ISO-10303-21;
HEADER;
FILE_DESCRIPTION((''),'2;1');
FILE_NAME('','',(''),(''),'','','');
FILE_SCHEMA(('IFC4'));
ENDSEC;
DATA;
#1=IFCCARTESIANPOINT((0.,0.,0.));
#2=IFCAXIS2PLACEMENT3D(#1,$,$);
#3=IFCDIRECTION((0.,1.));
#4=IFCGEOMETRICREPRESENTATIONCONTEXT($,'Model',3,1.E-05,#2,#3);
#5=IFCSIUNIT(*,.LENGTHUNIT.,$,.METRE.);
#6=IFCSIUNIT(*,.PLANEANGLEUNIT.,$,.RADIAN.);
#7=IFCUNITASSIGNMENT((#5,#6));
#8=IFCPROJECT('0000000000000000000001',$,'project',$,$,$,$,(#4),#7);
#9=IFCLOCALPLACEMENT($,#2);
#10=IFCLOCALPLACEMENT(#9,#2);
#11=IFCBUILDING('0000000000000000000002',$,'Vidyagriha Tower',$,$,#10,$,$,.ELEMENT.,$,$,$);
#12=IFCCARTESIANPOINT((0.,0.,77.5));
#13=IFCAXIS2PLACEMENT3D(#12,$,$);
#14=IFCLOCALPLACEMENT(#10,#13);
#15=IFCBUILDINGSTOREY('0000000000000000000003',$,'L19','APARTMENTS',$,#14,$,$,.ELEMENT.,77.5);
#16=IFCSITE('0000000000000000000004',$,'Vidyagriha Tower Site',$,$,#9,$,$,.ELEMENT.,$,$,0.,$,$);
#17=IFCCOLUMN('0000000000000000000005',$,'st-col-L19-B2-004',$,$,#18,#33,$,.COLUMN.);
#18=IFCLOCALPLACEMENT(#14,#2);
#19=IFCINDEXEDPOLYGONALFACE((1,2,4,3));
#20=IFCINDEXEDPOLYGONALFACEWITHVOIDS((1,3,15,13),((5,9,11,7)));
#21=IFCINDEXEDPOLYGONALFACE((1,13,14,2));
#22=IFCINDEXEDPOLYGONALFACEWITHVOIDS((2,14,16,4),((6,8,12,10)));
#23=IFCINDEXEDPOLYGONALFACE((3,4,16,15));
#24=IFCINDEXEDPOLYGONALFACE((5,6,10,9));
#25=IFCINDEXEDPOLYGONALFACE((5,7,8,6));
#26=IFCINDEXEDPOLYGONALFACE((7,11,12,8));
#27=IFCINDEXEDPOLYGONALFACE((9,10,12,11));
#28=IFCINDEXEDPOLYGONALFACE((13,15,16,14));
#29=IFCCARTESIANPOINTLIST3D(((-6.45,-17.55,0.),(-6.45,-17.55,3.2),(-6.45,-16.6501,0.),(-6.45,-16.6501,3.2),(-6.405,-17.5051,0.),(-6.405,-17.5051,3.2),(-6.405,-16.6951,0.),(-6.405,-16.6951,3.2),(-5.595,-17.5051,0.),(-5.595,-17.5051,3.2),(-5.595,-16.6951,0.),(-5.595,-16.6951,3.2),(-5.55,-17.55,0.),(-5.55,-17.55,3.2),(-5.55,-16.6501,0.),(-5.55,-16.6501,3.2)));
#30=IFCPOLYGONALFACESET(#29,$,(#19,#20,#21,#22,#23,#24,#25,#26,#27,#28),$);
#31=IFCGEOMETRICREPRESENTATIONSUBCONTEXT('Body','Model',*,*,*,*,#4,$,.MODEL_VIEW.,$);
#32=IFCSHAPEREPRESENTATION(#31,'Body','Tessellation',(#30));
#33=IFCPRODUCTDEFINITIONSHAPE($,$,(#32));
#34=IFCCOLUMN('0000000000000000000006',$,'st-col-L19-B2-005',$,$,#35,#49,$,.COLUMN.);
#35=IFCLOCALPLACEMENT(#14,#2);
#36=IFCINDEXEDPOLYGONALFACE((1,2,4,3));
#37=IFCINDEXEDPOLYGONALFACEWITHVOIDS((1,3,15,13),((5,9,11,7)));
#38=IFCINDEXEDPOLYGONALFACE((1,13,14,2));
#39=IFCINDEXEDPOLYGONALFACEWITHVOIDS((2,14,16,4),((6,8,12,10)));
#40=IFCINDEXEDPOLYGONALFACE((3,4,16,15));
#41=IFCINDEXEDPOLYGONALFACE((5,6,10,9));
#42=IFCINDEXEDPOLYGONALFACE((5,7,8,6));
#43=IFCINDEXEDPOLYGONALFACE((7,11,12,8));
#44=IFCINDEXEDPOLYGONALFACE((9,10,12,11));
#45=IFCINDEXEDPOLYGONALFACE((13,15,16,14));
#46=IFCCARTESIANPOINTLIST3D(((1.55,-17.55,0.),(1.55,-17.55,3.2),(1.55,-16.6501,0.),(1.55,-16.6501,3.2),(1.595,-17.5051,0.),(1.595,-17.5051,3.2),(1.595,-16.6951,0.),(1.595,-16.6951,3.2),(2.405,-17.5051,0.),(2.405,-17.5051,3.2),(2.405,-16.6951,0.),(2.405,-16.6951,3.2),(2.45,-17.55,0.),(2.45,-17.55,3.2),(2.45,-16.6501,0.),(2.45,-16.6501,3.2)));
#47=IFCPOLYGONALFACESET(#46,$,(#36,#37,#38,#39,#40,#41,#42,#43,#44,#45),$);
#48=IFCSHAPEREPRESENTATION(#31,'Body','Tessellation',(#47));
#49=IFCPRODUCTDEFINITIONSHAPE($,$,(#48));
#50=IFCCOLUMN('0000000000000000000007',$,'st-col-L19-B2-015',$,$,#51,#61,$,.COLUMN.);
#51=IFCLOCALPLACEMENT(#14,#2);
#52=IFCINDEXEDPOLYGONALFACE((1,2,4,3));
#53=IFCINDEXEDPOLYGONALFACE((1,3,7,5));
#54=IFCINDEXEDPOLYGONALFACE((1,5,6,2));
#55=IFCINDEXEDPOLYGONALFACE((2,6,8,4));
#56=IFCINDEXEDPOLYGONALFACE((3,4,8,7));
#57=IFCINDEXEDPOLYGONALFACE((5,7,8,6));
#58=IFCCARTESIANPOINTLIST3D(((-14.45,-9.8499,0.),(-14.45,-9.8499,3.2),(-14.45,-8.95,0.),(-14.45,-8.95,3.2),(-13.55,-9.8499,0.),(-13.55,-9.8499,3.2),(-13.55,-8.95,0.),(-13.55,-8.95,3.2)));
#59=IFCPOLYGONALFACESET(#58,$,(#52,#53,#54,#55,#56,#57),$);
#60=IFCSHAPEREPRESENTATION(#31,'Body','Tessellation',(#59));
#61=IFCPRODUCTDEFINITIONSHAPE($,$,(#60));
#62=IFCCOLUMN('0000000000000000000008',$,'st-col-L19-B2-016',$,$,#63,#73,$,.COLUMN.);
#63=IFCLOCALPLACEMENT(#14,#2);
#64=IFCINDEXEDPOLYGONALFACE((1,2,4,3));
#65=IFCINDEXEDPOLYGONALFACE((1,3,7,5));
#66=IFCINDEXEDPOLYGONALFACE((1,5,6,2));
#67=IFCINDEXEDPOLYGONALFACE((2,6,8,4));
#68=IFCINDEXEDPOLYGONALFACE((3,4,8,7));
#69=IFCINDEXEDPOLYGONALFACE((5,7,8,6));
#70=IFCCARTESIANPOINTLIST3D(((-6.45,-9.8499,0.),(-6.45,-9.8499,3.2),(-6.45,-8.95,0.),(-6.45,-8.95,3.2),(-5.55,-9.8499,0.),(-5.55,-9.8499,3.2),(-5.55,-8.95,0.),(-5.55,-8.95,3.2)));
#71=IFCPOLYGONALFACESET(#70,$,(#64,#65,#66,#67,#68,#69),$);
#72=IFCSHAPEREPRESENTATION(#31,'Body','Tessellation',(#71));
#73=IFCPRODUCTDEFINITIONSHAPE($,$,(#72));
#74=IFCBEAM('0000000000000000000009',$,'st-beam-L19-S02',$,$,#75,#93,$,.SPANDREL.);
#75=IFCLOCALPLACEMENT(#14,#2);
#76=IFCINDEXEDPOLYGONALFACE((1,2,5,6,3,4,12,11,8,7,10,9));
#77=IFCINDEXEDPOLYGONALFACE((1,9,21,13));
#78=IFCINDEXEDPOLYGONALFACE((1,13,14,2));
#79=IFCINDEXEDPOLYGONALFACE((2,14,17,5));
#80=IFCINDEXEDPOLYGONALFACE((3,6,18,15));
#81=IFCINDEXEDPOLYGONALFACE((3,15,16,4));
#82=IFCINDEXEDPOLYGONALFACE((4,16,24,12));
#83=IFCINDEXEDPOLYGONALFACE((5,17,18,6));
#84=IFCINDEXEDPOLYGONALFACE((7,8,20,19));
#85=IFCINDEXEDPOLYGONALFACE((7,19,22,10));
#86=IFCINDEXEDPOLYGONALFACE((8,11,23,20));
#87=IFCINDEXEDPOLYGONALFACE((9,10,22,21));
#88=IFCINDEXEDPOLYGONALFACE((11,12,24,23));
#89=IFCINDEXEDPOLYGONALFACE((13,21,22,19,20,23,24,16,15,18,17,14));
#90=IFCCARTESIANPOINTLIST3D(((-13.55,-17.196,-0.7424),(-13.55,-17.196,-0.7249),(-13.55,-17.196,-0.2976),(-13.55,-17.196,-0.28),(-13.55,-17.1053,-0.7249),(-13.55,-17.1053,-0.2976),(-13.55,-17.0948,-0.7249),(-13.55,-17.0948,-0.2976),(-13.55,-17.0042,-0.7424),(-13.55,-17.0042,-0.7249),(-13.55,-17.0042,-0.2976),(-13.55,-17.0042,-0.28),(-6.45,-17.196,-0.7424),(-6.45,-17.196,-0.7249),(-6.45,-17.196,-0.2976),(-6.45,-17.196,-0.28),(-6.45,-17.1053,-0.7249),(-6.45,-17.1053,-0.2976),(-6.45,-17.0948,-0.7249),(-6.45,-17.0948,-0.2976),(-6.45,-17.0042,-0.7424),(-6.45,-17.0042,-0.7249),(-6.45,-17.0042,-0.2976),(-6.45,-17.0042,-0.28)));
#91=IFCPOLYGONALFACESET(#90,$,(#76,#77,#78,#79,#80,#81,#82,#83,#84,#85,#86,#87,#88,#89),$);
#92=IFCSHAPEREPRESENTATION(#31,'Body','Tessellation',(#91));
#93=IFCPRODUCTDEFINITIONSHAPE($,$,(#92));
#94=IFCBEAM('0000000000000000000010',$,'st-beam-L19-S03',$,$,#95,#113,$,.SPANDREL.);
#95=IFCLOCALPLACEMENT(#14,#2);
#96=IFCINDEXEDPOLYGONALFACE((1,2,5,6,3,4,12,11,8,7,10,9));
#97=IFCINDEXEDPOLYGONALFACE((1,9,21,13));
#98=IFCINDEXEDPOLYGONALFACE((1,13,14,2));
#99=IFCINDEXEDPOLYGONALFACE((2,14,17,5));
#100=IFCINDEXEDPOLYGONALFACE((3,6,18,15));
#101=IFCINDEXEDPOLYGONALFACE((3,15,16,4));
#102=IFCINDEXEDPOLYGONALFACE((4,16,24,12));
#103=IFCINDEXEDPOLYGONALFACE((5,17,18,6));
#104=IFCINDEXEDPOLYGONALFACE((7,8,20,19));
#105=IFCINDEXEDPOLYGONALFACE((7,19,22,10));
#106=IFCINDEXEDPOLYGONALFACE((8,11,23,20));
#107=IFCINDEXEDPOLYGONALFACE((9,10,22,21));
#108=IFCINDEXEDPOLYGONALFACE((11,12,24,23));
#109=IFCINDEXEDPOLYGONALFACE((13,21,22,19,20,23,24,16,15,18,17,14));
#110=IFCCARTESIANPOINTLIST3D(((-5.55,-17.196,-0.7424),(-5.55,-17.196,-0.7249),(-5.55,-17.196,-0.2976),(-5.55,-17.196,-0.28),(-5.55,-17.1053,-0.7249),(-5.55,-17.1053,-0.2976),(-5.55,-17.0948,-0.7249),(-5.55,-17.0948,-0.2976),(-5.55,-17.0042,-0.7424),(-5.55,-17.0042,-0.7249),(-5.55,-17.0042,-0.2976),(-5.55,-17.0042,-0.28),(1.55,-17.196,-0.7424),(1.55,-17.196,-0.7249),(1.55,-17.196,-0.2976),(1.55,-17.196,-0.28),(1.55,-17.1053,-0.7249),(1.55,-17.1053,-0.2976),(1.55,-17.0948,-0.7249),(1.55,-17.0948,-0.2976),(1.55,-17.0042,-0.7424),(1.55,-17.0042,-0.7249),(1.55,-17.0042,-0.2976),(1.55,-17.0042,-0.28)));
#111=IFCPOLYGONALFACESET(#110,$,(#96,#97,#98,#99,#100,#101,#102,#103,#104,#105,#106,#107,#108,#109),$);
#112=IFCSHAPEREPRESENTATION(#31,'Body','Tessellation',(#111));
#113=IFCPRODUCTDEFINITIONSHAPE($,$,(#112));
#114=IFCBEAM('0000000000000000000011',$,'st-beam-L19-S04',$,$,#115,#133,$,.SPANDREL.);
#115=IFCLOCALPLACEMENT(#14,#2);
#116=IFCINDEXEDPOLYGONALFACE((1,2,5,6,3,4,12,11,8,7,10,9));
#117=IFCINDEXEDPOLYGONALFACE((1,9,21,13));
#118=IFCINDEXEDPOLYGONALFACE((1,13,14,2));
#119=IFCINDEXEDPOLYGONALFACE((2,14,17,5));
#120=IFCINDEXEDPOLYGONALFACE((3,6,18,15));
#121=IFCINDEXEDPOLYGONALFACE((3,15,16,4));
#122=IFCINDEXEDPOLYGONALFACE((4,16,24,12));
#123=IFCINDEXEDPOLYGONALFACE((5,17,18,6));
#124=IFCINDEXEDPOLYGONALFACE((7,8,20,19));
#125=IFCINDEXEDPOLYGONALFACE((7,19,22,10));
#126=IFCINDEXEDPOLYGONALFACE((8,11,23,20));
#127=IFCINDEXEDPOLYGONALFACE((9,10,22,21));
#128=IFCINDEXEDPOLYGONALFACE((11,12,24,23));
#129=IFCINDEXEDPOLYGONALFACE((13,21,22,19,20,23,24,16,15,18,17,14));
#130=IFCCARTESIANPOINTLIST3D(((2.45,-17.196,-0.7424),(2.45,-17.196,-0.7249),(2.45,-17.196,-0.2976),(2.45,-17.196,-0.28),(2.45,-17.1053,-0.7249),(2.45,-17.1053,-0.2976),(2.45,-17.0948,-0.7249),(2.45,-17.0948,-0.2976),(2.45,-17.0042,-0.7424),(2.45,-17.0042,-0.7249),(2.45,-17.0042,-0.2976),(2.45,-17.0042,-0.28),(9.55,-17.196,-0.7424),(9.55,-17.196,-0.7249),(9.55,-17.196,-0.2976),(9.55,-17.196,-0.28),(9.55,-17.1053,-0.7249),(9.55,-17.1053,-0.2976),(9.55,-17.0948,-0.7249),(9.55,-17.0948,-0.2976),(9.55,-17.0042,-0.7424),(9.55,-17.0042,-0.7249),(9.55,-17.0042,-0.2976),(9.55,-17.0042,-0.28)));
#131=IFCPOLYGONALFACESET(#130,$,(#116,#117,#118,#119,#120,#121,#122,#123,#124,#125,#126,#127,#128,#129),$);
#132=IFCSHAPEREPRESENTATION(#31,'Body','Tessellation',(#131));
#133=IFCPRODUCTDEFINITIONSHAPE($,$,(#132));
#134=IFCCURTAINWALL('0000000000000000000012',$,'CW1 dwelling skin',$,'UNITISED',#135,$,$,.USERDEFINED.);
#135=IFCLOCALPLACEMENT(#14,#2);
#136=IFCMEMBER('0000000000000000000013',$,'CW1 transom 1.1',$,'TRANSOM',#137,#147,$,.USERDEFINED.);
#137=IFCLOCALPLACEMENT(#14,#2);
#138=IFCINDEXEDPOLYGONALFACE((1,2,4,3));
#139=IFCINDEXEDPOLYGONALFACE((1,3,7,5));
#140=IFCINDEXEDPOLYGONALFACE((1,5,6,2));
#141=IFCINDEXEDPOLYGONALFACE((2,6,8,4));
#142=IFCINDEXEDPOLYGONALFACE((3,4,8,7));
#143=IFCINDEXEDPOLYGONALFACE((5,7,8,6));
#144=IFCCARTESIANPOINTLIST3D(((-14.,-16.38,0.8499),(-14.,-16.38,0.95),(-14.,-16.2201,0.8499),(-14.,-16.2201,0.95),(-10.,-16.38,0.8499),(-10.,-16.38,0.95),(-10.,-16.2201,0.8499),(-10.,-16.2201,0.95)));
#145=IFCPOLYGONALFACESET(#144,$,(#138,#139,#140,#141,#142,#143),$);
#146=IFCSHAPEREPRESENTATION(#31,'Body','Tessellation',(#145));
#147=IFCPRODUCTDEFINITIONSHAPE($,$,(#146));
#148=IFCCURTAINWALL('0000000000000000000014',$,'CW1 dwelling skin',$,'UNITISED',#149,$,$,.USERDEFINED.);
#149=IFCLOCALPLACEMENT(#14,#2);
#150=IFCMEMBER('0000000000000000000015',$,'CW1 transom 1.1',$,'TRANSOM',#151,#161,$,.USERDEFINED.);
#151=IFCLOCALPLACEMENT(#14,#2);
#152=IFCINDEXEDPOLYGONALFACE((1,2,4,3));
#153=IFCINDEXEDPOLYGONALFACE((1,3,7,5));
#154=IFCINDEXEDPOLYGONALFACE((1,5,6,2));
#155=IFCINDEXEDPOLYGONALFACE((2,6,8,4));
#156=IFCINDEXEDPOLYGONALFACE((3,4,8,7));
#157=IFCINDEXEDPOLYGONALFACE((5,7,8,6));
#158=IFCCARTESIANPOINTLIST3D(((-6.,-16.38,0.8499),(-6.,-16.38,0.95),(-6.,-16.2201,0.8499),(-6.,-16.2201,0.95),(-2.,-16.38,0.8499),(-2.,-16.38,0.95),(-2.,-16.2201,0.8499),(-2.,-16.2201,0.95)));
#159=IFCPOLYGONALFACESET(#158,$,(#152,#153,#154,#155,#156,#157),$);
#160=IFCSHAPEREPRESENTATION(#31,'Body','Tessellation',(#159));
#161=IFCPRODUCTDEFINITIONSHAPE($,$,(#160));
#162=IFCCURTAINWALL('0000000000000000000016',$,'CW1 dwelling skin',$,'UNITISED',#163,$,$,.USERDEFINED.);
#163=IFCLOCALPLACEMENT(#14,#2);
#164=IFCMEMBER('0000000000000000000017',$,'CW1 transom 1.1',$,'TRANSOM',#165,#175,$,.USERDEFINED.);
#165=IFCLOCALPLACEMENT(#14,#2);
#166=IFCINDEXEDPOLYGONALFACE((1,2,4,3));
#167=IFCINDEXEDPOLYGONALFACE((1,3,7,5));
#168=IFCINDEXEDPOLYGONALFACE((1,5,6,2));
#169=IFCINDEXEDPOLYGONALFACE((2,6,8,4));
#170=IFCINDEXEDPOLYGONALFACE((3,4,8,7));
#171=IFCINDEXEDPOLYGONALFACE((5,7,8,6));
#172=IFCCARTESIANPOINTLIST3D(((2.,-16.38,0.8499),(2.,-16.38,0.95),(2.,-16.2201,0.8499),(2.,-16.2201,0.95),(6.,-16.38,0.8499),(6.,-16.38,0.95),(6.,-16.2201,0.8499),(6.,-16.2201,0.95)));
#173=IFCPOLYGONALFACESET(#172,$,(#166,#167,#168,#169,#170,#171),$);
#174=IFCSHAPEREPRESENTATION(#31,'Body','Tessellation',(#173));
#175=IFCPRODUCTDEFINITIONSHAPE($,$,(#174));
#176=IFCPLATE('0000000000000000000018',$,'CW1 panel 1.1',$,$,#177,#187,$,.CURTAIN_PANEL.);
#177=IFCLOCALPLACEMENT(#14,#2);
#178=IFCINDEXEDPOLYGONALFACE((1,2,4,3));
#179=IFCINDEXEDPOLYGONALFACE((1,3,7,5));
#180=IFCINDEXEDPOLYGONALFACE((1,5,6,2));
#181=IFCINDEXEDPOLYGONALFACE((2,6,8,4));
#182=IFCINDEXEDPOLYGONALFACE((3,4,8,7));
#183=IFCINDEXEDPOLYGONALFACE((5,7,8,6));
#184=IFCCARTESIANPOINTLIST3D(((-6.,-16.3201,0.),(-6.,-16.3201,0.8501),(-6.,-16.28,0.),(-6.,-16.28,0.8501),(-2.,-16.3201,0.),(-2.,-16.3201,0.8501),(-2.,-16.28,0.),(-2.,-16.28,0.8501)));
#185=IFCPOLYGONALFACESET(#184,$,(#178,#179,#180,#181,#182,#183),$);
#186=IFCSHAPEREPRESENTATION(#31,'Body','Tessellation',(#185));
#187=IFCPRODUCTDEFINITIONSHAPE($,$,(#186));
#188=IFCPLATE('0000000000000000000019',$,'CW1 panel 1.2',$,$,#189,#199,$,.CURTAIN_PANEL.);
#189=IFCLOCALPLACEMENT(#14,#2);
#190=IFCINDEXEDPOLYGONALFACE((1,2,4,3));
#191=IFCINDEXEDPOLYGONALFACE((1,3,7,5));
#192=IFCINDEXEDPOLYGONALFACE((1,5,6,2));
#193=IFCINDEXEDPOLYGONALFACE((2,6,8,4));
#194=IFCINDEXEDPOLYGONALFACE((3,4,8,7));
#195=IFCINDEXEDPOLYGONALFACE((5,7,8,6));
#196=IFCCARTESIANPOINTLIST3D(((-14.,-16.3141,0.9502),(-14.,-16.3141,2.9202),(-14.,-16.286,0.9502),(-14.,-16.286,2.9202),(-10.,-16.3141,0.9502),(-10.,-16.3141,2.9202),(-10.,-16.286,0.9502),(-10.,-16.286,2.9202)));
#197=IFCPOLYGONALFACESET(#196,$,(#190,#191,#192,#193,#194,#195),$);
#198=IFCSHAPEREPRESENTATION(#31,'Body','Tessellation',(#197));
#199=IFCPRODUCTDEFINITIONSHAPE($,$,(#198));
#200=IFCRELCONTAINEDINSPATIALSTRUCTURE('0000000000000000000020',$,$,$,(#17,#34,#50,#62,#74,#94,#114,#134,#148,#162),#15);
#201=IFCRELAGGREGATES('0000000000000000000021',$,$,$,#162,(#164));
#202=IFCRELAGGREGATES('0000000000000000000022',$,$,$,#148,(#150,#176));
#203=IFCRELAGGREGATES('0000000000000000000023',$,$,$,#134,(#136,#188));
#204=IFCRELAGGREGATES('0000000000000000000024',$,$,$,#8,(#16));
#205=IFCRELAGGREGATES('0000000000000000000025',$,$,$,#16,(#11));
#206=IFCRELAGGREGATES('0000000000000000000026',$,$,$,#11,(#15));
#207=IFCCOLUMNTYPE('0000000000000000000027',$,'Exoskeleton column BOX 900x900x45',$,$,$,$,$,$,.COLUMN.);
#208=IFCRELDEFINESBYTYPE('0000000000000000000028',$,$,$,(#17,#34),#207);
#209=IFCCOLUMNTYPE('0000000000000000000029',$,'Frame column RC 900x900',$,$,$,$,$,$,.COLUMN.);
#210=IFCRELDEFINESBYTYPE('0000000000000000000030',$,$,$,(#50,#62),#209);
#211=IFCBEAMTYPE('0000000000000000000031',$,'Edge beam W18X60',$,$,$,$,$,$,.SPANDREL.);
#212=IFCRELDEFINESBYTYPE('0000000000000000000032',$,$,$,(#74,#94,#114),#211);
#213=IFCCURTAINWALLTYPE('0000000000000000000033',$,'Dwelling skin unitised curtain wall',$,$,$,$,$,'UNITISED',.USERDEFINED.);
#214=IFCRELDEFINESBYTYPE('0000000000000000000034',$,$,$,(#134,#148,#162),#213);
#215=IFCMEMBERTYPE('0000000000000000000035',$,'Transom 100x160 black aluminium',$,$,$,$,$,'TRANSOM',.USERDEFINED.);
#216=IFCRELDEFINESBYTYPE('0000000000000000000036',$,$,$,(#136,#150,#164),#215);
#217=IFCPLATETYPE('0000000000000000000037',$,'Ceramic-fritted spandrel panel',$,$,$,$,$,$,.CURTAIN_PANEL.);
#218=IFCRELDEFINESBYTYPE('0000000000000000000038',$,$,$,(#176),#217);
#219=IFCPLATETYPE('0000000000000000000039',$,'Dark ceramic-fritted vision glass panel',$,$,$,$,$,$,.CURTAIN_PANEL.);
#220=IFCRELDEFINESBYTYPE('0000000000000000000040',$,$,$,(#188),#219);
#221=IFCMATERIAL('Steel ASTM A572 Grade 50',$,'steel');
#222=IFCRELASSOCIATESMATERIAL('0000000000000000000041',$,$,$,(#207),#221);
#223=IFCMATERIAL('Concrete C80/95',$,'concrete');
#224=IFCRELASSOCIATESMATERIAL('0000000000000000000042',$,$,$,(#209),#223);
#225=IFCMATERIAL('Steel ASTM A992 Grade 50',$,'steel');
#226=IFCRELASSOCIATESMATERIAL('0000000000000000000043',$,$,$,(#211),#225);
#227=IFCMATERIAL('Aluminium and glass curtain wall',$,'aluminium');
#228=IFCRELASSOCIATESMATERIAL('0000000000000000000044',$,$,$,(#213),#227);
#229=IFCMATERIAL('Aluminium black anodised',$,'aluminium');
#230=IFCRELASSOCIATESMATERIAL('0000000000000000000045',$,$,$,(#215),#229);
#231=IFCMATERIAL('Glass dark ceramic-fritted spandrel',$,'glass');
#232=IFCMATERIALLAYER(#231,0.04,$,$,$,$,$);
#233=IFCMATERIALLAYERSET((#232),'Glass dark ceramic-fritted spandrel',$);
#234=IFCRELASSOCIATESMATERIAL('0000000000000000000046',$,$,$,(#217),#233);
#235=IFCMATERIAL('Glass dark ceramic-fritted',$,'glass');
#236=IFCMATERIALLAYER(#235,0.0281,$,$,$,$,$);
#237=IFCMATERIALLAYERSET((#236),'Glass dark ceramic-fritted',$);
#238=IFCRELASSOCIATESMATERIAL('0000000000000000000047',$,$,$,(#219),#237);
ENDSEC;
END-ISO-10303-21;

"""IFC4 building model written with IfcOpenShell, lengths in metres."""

from ifc_helpers import new_model, si_unit, direction, frame, origin, origin_2d, place, context, subcontext, project, spatial, rectangle, hollow_rectangle, i_section, extrude, material, layer, layer_set, material_profile, profile_set, type_object, element, aggregate, save


model = new_model("IFC4")

# Units and contexts
model_context = context("Model", 3, precision=1e-05, world=origin(), true_north=direction((0.0, 1.0)))
body_context = subcontext(model_context, "Body", "Model", "MODEL_VIEW")
ifc_project = project(units=[si_unit("LENGTHUNIT", "METRE"), si_unit("PLANEANGLEUNIT", "RADIAN")], contexts=[model_context])

# Site, building, storey
site_placement = place(None, origin())
site = spatial("IfcSite", under=ifc_project, at=site_placement, Name="Vidyagriha Tower Site", CompositionType="ELEMENT", RefElevation=0.0)
building_placement = place(site_placement, origin())
building = spatial("IfcBuilding", under=site, at=building_placement, Name="Vidyagriha Tower", CompositionType="ELEMENT")
storey_placement = place(building_placement, frame((0.0, 0.0, 77.5)))
storey = spatial("IfcBuildingStorey", under=building, at=storey_placement, Name="L19", Description="APARTMENTS", CompositionType="ELEMENT", Elevation=77.5)

# Columns
ifc_material_1 = material(Name="Steel ASTM A572 Grade 50", Category="steel")
ifc_material_profile_1 = material_profile(ifc_material_1, hollow_rectangle(XDim=0.8999, YDim=0.8999, WallThickness=0.0449, at=origin_2d()), Name="BOX 900x900x45")
ifc_profile_set_1 = profile_set([ifc_material_profile_1], Name="Steel ASTM A572 Grade 50")
column_type_1 = type_object("IfcColumnType", Name="Exoskeleton column BOX 900x900x45", PredefinedType="COLUMN", material=ifc_profile_set_1)
for number, where, name in (
    (1, (-6.0, -17.1001, 0.0), "st-col-L19-B2-004"),
    (2, (2.0, -17.1001, 0.0), "st-col-L19-B2-005"),
):
    element("IfcColumn", number, at=place(storey_placement, frame(where)), inside=storey, type_object=column_type_1, Name=name, PredefinedType="COLUMN", context=body_context, shape_type="SweptSolid", body=[
        extrude(hollow_rectangle(XDim=0.8999, YDim=0.8999, WallThickness=0.0449, at=origin_2d()), origin(), (0.0, 0.0, 1.0), 3.2),
    ])
ifc_material_2 = material(Name="Concrete C80/95", Category="concrete")
ifc_material_profile_2 = material_profile(ifc_material_2, rectangle(XDim=0.8999, YDim=0.8999, at=origin_2d()), Name="RC 900x900")
ifc_profile_set_2 = profile_set([ifc_material_profile_2], Name="Concrete C80/95")
column_type_2 = type_object("IfcColumnType", Name="Frame column RC 900x900", PredefinedType="COLUMN", material=ifc_profile_set_2)
for number, where, name in (
    (3, (-14.0, -9.3999, 0.0), "st-col-L19-B2-015"),
    (4, (-6.0, -9.3999, 0.0), "st-col-L19-B2-016"),
):
    element("IfcColumn", number, at=place(storey_placement, frame(where)), inside=storey, type_object=column_type_2, Name=name, PredefinedType="COLUMN", context=body_context, shape_type="SweptSolid", body=[
        extrude(rectangle(XDim=0.8999, YDim=0.8999, at=origin_2d()), origin(), (0.0, 0.0, 1.0), 3.2),
    ])

# Beams
ifc_material_3 = material(Name="Steel ASTM A992 Grade 50", Category="steel")
ifc_material_profile_3 = material_profile(ifc_material_3, i_section(OverallWidth=0.1919, OverallDepth=0.4624, WebThickness=0.0105, FlangeThickness=0.0176, at=origin_2d()), Name="W18X60")
ifc_profile_set_3 = profile_set([ifc_material_profile_3], Name="Steel ASTM A992 Grade 50")
beam_type = type_object("IfcBeamType", Name="Edge beam W18X60", PredefinedType="SPANDREL", material=ifc_profile_set_3)
for number, where, z_axis, x_axis, name in (
    (5, (-13.55, -17.1001, -0.5112), (1.0, 0.0, 0.0), (0.0, 1.0, 0.0), "st-beam-L19-S02"),
    (6, (-5.55, -17.1001, -0.5112), (1.0, 0.0, 0.0), (0.0, 1.0, 0.0), "st-beam-L19-S03"),
    (7, (2.45, -17.1001, -0.5112), (1.0, 0.0, 0.0), (0.0, 1.0, 0.0), "st-beam-L19-S04"),
):
    element("IfcBeam", number, at=place(storey_placement, frame(where, z_axis=z_axis, x_axis=x_axis)), inside=storey, type_object=beam_type, Name=name, PredefinedType="SPANDREL", context=body_context, shape_type="SweptSolid", body=[
        extrude(i_section(OverallWidth=0.1919, OverallDepth=0.4624, WebThickness=0.0105, FlangeThickness=0.0176, at=origin_2d()), origin(), (0.0, 0.0, 1.0), 7.1001),
    ])

# Curtain walls, members
ifc_material_4 = material(Name="Aluminium and glass curtain wall", Category="aluminium")
curtain_wall_type = type_object("IfcCurtainWallType", Name="Dwelling skin unitised curtain wall", ElementType="UNITISED", PredefinedType="USERDEFINED", material=ifc_material_4)
curtain_wall_1_placement = place(storey_placement, origin())
curtain_wall_1 = element("IfcCurtainWall", 8, at=curtain_wall_1_placement, inside=storey, type_object=curtain_wall_type, Name="CW1 dwelling skin", ObjectType="UNITISED", PredefinedType="USERDEFINED")
ifc_material_5 = material(Name="Aluminium black anodised", Category="aluminium")
ifc_material_profile_4 = material_profile(ifc_material_5, rectangle(XDim=0.1599, YDim=0.1001, at=origin_2d()), Name="Transom 100x160 black aluminium")
ifc_profile_set_4 = profile_set([ifc_material_profile_4], Name="Aluminium black anodised")
member_type = type_object("IfcMemberType", Name="Transom 100x160 black aluminium", ElementType="TRANSOM", PredefinedType="USERDEFINED", material=ifc_profile_set_4)
member_1_placement = place(storey_placement, frame((-14.0, -16.3, 0.8999), z_axis=(1.0, 0.0, 0.0), x_axis=(0.0, 1.0, 0.0)))
member_1 = element("IfcMember", 9, at=member_1_placement, type_object=member_type, Name="CW1 transom 1.1", ObjectType="TRANSOM", PredefinedType="USERDEFINED", context=body_context, shape_type="SweptSolid", body=[
    extrude(rectangle(XDim=0.1599, YDim=0.1001, at=origin_2d()), origin(), (0.0, 0.0, 1.0), 4.0),
])
curtain_wall_2_placement = place(storey_placement, origin())
curtain_wall_2 = element("IfcCurtainWall", 10, at=curtain_wall_2_placement, inside=storey, type_object=curtain_wall_type, Name="CW1 dwelling skin", ObjectType="UNITISED", PredefinedType="USERDEFINED")
member_2_placement = place(storey_placement, frame((-6.0, -16.3, 0.8999), z_axis=(1.0, 0.0, 0.0), x_axis=(0.0, 1.0, 0.0)))
member_2 = element("IfcMember", 11, at=member_2_placement, type_object=member_type, Name="CW1 transom 1.1", ObjectType="TRANSOM", PredefinedType="USERDEFINED", context=body_context, shape_type="SweptSolid", body=[
    extrude(rectangle(XDim=0.1599, YDim=0.1001, at=origin_2d()), origin(), (0.0, 0.0, 1.0), 4.0),
])
curtain_wall_3_placement = place(storey_placement, origin())
curtain_wall_3 = element("IfcCurtainWall", 12, at=curtain_wall_3_placement, inside=storey, type_object=curtain_wall_type, Name="CW1 dwelling skin", ObjectType="UNITISED", PredefinedType="USERDEFINED")
member_3_placement = place(storey_placement, frame((2.0, -16.3, 0.8999), z_axis=(1.0, 0.0, 0.0), x_axis=(0.0, 1.0, 0.0)))
member_3 = element("IfcMember", 13, at=member_3_placement, type_object=member_type, Name="CW1 transom 1.1", ObjectType="TRANSOM", PredefinedType="USERDEFINED", context=body_context, shape_type="SweptSolid", body=[
    extrude(rectangle(XDim=0.1599, YDim=0.1001, at=origin_2d()), origin(), (0.0, 0.0, 1.0), 4.0),
])
aggregate(curtain_wall_3, [member_3])

# Plates
ifc_material_6 = material(Name="Glass dark ceramic-fritted spandrel", Category="glass")
ifc_layer_1 = layer(ifc_material_6, 0.04)
ifc_layer_set_1 = layer_set([ifc_layer_1], Name="Glass dark ceramic-fritted spandrel")
plate_type_1 = type_object("IfcPlateType", Name="Ceramic-fritted spandrel panel", PredefinedType="CURTAIN_PANEL", material=ifc_layer_set_1)
plate_1_placement = place(storey_placement, frame((-4.0, -16.3, 0.0)))
plate_1 = element("IfcPlate", 14, at=plate_1_placement, type_object=plate_type_1, Name="CW1 panel 1.1", PredefinedType="CURTAIN_PANEL", context=body_context, shape_type="SweptSolid", body=[
    extrude(rectangle(XDim=4.0, YDim=0.04, at=origin_2d()), origin(), (0.0, 0.0, 1.0), 0.8501),
])
ifc_material_7 = material(Name="Glass dark ceramic-fritted", Category="glass")
ifc_layer_2 = layer(ifc_material_7, 0.0281)
ifc_layer_set_2 = layer_set([ifc_layer_2], Name="Glass dark ceramic-fritted")
plate_type_2 = type_object("IfcPlateType", Name="Dark ceramic-fritted vision glass panel", PredefinedType="CURTAIN_PANEL", material=ifc_layer_set_2)
plate_2_placement = place(storey_placement, frame((-12.0, -16.3, 0.9502)))
plate_2 = element("IfcPlate", 15, at=plate_2_placement, type_object=plate_type_2, Name="CW1 panel 1.2", PredefinedType="CURTAIN_PANEL", context=body_context, shape_type="SweptSolid", body=[
    extrude(rectangle(XDim=4.0, YDim=0.0281, at=origin_2d()), origin(), (0.0, 0.0, 1.0), 1.97),
])
aggregate(curtain_wall_2, [member_2, plate_1])
aggregate(curtain_wall_1, [member_1, plate_2])

save(model, "model.ifc")
